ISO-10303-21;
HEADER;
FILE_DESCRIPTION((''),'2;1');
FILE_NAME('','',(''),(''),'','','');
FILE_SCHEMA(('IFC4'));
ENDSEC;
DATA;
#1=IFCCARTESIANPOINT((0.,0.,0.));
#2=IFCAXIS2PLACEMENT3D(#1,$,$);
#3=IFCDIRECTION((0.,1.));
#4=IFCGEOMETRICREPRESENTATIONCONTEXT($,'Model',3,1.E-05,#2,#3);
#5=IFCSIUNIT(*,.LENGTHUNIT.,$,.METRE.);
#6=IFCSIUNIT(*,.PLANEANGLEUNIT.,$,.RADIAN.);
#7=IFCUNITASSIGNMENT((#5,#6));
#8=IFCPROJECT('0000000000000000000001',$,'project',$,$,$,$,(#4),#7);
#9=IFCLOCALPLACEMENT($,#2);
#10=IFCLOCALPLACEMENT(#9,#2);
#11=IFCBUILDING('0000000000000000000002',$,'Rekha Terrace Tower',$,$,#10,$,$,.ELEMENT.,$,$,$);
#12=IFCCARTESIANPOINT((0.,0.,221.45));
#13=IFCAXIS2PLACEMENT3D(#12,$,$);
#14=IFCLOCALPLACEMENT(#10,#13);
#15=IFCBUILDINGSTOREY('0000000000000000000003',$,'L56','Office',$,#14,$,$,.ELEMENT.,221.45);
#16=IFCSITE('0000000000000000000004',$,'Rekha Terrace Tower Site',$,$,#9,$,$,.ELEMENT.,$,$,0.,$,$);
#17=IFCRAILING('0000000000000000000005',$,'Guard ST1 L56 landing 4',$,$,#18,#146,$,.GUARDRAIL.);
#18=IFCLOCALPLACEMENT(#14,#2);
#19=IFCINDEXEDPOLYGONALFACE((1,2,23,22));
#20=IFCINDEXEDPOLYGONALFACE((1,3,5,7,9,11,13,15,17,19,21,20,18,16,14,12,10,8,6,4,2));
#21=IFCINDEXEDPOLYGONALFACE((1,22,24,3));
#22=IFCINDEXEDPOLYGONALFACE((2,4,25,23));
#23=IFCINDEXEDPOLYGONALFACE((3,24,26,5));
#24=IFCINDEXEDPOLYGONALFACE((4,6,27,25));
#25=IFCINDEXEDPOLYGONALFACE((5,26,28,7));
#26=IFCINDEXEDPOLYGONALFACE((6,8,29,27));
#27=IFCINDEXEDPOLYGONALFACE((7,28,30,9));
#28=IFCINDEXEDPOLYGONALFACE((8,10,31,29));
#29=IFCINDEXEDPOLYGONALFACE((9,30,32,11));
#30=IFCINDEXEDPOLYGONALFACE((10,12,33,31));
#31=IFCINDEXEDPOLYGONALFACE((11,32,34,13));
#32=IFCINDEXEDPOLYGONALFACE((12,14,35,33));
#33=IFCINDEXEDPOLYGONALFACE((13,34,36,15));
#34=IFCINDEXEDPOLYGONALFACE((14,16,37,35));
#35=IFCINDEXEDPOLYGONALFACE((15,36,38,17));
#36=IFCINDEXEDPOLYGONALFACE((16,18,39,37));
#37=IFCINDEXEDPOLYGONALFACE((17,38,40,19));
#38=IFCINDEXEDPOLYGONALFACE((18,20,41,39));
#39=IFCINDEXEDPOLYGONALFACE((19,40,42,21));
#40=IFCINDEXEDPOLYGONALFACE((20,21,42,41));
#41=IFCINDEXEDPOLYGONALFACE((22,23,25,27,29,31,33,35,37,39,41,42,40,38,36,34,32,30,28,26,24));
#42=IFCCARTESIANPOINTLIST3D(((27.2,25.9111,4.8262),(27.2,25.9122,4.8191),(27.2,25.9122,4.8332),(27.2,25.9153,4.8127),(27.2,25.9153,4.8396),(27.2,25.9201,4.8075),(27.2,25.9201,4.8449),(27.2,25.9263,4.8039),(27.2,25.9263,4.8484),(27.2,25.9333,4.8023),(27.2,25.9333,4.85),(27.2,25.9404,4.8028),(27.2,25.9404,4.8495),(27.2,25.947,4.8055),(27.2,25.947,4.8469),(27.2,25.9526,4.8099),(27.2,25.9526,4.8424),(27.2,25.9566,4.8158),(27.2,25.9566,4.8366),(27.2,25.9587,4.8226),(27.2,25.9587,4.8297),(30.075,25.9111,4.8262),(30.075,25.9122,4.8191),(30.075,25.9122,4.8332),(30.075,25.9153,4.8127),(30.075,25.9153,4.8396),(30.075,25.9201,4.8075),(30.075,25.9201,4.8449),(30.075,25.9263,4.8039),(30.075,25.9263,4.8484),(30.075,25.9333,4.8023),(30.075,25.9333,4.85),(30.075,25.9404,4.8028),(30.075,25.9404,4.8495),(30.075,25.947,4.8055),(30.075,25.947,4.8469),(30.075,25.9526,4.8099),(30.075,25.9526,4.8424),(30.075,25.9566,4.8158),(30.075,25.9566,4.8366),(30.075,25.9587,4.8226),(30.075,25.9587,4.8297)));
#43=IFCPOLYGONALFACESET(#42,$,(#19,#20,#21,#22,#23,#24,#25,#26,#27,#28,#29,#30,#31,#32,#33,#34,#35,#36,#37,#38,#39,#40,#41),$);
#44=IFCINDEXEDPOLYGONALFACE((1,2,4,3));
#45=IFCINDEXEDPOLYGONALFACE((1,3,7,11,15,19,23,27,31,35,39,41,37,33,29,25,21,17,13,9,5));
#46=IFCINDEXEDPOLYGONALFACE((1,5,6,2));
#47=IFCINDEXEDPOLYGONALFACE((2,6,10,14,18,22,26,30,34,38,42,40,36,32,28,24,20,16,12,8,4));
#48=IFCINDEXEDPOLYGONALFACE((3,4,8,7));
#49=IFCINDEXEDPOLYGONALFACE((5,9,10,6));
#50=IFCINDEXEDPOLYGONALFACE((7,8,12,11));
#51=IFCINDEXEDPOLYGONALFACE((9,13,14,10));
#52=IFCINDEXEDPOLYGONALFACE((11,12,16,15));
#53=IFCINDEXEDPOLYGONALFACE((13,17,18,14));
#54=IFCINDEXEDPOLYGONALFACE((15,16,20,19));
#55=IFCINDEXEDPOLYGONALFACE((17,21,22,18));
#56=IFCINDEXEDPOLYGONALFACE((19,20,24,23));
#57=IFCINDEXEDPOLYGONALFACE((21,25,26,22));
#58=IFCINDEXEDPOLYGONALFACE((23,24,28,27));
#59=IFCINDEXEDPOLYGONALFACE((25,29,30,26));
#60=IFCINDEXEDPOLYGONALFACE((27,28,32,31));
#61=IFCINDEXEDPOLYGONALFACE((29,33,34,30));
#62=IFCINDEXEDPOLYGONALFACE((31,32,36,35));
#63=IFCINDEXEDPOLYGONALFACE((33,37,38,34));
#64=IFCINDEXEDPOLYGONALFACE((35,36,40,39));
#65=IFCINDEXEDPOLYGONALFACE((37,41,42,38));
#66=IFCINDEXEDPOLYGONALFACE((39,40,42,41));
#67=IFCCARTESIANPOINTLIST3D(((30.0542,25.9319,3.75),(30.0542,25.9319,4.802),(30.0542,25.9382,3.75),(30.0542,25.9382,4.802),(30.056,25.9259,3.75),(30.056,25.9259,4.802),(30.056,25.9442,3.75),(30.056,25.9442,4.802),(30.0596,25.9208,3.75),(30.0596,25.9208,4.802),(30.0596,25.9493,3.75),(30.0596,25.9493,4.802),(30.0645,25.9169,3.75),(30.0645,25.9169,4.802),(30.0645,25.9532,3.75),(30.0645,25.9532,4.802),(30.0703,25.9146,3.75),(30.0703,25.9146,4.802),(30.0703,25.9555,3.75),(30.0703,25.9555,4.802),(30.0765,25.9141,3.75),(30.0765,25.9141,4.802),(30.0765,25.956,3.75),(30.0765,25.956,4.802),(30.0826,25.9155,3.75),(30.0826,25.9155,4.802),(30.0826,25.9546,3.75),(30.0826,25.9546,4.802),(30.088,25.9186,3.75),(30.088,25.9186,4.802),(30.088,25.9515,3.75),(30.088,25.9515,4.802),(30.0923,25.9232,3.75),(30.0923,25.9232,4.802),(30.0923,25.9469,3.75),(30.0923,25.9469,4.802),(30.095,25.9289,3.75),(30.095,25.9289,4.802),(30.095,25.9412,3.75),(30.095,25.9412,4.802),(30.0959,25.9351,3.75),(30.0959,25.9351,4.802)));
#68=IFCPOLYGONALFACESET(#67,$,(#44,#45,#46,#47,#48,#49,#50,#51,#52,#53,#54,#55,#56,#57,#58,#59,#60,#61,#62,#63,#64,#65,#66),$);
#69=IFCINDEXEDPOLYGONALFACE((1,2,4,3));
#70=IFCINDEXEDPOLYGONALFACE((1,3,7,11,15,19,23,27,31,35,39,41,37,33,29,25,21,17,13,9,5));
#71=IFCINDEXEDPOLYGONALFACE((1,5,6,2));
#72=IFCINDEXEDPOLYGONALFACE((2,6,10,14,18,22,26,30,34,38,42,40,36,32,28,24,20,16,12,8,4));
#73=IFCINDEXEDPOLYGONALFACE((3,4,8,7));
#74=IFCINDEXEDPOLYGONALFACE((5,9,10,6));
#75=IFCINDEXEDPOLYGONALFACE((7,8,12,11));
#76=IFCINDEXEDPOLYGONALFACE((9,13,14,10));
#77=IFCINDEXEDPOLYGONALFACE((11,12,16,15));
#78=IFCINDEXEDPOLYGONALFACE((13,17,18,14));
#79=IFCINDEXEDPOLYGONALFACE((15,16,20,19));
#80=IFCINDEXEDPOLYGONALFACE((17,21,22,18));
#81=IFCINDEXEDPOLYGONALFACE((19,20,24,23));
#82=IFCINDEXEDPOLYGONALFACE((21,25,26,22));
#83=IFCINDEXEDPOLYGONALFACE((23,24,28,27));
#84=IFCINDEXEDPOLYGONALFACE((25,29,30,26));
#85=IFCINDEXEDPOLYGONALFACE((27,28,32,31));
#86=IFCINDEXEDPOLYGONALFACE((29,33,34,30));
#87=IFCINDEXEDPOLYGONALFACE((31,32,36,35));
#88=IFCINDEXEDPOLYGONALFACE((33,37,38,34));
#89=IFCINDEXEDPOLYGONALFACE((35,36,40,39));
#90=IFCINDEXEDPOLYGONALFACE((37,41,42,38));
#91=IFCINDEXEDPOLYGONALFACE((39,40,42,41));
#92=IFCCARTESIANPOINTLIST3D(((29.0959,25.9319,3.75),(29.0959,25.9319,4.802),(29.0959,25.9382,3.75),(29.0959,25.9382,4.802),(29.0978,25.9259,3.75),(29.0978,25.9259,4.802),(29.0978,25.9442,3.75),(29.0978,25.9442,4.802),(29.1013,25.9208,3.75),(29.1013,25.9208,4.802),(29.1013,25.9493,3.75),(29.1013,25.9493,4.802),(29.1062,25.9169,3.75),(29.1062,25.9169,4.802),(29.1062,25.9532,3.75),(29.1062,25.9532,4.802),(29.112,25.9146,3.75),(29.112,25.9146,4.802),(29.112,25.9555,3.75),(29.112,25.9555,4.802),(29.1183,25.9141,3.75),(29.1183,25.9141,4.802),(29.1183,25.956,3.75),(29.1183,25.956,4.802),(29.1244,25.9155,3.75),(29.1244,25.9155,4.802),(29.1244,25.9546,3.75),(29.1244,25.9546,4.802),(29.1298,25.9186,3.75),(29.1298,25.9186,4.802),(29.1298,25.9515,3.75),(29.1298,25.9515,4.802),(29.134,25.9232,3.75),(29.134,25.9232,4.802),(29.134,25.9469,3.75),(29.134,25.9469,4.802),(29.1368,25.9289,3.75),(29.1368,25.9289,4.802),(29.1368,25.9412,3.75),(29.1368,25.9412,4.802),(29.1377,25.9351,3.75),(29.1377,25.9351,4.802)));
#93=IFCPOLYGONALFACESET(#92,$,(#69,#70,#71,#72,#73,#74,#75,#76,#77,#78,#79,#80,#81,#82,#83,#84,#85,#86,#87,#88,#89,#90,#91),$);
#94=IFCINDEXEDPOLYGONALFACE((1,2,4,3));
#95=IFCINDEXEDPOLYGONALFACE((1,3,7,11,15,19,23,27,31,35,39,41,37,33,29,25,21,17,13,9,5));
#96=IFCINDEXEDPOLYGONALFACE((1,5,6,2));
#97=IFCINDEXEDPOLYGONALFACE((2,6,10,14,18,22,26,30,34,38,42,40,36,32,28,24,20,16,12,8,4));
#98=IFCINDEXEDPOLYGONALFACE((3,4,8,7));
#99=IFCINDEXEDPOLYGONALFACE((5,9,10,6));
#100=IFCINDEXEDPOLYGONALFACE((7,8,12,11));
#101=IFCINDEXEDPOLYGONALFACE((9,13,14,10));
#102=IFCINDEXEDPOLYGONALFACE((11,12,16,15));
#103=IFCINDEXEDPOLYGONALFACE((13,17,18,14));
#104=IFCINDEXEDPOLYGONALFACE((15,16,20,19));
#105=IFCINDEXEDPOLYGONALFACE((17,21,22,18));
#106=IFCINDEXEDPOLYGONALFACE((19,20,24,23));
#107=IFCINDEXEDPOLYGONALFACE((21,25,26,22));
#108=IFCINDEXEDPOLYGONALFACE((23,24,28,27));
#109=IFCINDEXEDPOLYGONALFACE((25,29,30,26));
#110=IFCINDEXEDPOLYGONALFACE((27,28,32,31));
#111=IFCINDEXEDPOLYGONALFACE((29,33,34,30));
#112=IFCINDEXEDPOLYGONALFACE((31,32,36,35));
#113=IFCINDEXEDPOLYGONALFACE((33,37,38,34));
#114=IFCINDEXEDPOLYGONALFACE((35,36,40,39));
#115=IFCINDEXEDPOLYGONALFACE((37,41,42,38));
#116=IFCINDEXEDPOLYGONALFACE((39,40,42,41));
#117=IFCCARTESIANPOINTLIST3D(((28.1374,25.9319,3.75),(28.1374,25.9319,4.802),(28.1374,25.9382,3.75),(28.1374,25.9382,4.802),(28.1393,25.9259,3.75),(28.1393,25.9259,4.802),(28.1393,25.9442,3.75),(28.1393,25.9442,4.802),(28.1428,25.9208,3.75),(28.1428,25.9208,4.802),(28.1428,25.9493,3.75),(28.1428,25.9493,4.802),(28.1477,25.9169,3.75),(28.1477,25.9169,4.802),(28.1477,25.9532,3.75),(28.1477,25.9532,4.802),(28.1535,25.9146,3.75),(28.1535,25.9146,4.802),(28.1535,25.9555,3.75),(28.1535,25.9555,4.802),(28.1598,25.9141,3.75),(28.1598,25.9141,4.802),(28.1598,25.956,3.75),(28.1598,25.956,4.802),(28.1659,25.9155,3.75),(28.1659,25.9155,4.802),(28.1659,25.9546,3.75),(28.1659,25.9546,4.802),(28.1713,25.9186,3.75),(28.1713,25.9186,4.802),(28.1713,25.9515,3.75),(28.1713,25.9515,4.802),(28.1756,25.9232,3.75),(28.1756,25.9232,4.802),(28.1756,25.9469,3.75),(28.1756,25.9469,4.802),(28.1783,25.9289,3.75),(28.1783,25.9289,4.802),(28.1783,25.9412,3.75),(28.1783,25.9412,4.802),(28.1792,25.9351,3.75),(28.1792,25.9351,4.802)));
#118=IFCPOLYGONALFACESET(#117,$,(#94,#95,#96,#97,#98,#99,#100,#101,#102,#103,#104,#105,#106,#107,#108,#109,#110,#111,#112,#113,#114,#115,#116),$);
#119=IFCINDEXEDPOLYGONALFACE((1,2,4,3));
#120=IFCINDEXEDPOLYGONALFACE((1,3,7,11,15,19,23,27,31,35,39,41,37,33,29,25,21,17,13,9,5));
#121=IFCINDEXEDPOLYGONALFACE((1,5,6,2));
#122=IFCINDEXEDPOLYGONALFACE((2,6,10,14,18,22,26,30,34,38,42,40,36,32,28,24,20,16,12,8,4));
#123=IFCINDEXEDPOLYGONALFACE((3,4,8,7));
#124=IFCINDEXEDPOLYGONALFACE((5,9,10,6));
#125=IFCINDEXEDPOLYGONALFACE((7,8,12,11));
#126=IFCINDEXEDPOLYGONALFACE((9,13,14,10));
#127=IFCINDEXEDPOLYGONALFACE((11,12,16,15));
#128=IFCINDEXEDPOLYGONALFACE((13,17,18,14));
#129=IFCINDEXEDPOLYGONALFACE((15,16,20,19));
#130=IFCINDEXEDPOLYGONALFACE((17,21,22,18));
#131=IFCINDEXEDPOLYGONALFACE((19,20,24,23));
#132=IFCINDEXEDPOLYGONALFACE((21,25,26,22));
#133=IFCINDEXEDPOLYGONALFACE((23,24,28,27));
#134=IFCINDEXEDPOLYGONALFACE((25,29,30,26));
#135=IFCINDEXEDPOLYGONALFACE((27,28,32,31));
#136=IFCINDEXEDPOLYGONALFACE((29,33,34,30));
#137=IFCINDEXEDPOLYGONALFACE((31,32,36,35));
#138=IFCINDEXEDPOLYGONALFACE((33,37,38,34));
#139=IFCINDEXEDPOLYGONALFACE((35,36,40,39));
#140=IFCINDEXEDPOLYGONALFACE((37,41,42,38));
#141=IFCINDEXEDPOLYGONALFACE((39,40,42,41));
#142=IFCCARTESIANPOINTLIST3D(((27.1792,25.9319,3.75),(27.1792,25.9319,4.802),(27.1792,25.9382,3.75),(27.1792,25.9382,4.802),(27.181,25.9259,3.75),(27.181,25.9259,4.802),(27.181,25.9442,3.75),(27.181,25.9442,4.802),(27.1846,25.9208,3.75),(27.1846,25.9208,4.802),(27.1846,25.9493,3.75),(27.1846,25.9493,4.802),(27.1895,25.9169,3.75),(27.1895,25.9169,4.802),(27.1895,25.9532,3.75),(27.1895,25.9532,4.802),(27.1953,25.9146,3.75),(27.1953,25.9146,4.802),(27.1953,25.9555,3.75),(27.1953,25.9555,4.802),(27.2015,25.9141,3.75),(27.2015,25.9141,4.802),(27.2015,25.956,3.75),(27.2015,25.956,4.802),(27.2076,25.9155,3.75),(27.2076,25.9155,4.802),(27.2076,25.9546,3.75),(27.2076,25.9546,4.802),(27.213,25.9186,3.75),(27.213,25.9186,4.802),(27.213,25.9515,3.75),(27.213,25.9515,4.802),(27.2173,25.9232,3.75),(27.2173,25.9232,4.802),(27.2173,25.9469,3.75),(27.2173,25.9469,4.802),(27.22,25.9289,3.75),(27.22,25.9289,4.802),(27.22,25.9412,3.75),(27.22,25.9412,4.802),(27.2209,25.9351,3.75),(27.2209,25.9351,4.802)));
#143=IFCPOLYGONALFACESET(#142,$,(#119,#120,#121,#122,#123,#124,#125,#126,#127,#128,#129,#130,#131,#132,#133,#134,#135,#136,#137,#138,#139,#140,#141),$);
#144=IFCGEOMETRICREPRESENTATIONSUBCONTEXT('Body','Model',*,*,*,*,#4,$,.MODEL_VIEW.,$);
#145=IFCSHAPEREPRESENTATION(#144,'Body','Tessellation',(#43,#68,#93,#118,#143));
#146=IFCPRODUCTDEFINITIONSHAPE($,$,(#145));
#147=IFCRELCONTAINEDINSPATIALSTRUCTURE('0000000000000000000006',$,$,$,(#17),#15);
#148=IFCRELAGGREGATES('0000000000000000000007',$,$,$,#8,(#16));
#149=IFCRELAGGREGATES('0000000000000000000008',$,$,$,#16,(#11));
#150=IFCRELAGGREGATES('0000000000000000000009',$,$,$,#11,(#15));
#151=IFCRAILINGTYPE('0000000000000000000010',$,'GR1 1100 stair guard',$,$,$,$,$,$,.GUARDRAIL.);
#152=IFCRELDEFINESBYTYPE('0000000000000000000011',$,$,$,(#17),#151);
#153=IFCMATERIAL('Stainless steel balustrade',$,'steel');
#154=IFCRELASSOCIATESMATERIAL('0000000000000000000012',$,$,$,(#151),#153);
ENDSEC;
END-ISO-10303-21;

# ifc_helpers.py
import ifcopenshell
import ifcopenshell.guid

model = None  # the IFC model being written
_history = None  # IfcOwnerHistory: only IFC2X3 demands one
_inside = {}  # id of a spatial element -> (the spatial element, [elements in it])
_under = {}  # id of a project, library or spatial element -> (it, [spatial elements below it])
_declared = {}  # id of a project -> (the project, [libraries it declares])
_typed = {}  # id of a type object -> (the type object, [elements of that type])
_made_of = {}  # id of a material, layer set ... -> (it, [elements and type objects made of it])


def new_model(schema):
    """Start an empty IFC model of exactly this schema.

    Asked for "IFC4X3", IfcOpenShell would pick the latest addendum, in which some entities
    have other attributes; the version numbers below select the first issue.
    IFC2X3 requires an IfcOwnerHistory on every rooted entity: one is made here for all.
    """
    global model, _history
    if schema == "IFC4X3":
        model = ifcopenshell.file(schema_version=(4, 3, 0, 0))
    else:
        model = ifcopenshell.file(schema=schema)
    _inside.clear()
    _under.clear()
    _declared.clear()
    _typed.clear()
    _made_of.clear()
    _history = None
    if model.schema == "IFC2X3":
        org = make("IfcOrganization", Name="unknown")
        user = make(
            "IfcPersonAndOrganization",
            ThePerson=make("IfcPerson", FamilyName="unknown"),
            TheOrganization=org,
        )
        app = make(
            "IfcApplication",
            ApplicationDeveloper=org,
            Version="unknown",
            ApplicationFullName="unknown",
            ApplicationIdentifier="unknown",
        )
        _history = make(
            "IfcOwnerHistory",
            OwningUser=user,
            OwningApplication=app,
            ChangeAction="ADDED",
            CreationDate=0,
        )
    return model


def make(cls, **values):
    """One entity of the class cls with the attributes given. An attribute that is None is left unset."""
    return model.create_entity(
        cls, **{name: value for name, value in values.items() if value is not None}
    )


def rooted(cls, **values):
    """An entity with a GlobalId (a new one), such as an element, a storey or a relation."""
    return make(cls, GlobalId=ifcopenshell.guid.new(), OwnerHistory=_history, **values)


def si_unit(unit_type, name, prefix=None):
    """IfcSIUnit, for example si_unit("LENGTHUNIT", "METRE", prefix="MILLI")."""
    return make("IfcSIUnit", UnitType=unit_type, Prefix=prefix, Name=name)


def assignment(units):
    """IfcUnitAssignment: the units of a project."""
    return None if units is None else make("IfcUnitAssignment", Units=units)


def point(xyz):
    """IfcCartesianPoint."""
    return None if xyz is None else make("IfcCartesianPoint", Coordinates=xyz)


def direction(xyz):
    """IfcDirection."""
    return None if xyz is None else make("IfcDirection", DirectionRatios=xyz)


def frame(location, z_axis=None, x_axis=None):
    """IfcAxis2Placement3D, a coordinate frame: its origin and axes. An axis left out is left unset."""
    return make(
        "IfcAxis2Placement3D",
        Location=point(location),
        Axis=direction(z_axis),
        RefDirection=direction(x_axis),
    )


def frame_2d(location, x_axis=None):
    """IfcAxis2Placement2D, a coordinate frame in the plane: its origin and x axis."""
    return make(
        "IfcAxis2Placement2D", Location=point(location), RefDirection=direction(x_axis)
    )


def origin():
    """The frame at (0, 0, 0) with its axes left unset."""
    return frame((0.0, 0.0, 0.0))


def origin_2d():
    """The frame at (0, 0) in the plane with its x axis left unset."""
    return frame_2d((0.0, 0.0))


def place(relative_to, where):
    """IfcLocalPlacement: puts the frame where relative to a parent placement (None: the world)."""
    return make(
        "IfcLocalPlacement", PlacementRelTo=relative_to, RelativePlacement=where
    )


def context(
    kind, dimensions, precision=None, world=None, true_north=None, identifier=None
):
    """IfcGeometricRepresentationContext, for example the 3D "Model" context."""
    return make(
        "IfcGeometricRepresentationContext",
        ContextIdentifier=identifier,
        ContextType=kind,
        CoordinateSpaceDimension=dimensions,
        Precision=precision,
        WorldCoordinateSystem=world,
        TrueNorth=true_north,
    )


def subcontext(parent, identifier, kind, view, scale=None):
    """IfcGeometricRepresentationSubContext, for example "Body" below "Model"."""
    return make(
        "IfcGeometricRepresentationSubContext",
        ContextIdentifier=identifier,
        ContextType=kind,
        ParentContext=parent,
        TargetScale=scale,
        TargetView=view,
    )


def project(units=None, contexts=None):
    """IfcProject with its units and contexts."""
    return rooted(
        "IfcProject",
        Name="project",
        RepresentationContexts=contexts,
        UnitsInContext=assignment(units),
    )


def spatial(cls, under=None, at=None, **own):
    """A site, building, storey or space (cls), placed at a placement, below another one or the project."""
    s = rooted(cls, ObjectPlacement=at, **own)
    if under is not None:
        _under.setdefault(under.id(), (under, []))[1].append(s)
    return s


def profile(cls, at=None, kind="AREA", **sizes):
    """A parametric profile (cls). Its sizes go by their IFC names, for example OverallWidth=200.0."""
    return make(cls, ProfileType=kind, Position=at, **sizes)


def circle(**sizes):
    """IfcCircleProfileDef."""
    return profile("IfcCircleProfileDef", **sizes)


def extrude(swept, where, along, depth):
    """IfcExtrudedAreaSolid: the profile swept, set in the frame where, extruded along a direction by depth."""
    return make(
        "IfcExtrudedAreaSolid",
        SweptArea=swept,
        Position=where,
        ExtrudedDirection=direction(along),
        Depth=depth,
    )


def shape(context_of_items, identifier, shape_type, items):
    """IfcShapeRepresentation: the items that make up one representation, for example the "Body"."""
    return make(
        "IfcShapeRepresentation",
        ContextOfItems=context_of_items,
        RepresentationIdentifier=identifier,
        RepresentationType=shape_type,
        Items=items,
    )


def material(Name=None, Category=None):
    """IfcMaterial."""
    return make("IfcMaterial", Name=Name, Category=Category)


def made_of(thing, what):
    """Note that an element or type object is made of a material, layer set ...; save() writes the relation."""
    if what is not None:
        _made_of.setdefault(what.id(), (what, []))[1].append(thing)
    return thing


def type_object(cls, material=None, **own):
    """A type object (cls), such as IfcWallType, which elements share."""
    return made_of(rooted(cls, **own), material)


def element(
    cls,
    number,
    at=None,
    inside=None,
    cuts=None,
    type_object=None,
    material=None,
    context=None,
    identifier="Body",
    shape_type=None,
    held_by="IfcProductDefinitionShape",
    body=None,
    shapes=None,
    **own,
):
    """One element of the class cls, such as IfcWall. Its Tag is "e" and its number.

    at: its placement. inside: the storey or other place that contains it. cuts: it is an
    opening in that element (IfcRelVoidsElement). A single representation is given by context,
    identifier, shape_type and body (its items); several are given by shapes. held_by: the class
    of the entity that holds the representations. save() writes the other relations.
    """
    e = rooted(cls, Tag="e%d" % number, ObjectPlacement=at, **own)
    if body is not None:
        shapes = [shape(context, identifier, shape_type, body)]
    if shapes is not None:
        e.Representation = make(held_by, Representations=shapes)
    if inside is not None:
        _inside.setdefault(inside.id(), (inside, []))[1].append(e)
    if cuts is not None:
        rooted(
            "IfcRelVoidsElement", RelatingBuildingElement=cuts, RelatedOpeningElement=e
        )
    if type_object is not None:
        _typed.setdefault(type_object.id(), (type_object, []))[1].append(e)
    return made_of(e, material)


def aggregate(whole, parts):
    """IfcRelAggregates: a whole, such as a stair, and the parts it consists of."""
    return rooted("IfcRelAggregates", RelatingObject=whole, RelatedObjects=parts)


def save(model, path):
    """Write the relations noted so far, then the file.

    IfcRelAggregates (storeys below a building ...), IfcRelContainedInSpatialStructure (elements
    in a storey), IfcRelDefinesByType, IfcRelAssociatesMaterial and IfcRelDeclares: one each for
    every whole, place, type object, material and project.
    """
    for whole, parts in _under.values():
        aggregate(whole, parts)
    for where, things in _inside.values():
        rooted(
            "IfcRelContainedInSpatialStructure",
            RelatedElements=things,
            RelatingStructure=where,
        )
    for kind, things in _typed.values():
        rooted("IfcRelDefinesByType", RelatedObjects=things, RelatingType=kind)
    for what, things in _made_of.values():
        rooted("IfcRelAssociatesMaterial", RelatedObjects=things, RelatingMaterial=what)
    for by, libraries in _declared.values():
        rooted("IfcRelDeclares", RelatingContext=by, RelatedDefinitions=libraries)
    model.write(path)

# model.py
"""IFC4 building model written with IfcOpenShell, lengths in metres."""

from ifc_helpers import new_model, si_unit, direction, frame, origin, origin_2d, place, context, subcontext, project, spatial, circle, extrude, material, type_object, element, save


model = new_model("IFC4")

# Units and contexts
model_context = context("Model", 3, precision=1e-05, world=origin(), true_north=direction((0.0, 1.0)))
body_context = subcontext(model_context, "Body", "Model", "MODEL_VIEW")
ifc_project = project(units=[si_unit("LENGTHUNIT", "METRE"), si_unit("PLANEANGLEUNIT", "RADIAN")], contexts=[model_context])

# Site, building, storey
site_placement = place(None, origin())
site = spatial("IfcSite", under=ifc_project, at=site_placement, Name="Rekha Terrace Tower Site", CompositionType="ELEMENT", RefElevation=0.0)
building_placement = place(site_placement, origin())
building = spatial("IfcBuilding", under=site, at=building_placement, Name="Rekha Terrace Tower", CompositionType="ELEMENT")
storey_placement = place(building_placement, frame((0.0, 0.0, 221.45)))
storey = spatial("IfcBuildingStorey", under=building, at=storey_placement, Name="L56", Description="Office", CompositionType="ELEMENT", Elevation=221.45)

# Railing
ifc_material_1 = material(Name="Stainless steel balustrade", Category="steel")
railing_type_1 = type_object("IfcRailingType", Name="GR1 1100 stair guard", PredefinedType="GUARDRAIL", material=ifc_material_1)
railing_1_placement = place(storey_placement, frame((30.075, 25.9351, 3.75)))
element("IfcRailing", 1, at=railing_1_placement, inside=storey, type_object=railing_type_1, Name="Guard ST1 L56 landing 4", PredefinedType="GUARDRAIL", context=body_context, shape_type="SweptSolid", body=[
    extrude(circle(Radius=0.0239, at=origin_2d()), frame((0.0, 0.0, 1.0762), z_axis=(-1.0, 0.0, 0.0), x_axis=(0.0, -1.0, 0.0)), (0.0, 0.0, 1.0), 2.875),
    extrude(circle(Radius=0.021, at=origin_2d()), origin(), (0.0, 0.0, 1.0), 1.052),
    extrude(circle(Radius=0.021, at=origin_2d()), frame((-0.9583, 0.0, 0.0)), (0.0, 0.0, 1.0), 1.052),
    extrude(circle(Radius=0.021, at=origin_2d()), frame((-1.9167, 0.0, 0.0)), (0.0, 0.0, 1.0), 1.052),
    extrude(circle(Radius=0.021, at=origin_2d()), frame((-2.875, 0.0, 0.0)), (0.0, 0.0, 1.0), 1.052),
])

save(model, "model.ifc")
